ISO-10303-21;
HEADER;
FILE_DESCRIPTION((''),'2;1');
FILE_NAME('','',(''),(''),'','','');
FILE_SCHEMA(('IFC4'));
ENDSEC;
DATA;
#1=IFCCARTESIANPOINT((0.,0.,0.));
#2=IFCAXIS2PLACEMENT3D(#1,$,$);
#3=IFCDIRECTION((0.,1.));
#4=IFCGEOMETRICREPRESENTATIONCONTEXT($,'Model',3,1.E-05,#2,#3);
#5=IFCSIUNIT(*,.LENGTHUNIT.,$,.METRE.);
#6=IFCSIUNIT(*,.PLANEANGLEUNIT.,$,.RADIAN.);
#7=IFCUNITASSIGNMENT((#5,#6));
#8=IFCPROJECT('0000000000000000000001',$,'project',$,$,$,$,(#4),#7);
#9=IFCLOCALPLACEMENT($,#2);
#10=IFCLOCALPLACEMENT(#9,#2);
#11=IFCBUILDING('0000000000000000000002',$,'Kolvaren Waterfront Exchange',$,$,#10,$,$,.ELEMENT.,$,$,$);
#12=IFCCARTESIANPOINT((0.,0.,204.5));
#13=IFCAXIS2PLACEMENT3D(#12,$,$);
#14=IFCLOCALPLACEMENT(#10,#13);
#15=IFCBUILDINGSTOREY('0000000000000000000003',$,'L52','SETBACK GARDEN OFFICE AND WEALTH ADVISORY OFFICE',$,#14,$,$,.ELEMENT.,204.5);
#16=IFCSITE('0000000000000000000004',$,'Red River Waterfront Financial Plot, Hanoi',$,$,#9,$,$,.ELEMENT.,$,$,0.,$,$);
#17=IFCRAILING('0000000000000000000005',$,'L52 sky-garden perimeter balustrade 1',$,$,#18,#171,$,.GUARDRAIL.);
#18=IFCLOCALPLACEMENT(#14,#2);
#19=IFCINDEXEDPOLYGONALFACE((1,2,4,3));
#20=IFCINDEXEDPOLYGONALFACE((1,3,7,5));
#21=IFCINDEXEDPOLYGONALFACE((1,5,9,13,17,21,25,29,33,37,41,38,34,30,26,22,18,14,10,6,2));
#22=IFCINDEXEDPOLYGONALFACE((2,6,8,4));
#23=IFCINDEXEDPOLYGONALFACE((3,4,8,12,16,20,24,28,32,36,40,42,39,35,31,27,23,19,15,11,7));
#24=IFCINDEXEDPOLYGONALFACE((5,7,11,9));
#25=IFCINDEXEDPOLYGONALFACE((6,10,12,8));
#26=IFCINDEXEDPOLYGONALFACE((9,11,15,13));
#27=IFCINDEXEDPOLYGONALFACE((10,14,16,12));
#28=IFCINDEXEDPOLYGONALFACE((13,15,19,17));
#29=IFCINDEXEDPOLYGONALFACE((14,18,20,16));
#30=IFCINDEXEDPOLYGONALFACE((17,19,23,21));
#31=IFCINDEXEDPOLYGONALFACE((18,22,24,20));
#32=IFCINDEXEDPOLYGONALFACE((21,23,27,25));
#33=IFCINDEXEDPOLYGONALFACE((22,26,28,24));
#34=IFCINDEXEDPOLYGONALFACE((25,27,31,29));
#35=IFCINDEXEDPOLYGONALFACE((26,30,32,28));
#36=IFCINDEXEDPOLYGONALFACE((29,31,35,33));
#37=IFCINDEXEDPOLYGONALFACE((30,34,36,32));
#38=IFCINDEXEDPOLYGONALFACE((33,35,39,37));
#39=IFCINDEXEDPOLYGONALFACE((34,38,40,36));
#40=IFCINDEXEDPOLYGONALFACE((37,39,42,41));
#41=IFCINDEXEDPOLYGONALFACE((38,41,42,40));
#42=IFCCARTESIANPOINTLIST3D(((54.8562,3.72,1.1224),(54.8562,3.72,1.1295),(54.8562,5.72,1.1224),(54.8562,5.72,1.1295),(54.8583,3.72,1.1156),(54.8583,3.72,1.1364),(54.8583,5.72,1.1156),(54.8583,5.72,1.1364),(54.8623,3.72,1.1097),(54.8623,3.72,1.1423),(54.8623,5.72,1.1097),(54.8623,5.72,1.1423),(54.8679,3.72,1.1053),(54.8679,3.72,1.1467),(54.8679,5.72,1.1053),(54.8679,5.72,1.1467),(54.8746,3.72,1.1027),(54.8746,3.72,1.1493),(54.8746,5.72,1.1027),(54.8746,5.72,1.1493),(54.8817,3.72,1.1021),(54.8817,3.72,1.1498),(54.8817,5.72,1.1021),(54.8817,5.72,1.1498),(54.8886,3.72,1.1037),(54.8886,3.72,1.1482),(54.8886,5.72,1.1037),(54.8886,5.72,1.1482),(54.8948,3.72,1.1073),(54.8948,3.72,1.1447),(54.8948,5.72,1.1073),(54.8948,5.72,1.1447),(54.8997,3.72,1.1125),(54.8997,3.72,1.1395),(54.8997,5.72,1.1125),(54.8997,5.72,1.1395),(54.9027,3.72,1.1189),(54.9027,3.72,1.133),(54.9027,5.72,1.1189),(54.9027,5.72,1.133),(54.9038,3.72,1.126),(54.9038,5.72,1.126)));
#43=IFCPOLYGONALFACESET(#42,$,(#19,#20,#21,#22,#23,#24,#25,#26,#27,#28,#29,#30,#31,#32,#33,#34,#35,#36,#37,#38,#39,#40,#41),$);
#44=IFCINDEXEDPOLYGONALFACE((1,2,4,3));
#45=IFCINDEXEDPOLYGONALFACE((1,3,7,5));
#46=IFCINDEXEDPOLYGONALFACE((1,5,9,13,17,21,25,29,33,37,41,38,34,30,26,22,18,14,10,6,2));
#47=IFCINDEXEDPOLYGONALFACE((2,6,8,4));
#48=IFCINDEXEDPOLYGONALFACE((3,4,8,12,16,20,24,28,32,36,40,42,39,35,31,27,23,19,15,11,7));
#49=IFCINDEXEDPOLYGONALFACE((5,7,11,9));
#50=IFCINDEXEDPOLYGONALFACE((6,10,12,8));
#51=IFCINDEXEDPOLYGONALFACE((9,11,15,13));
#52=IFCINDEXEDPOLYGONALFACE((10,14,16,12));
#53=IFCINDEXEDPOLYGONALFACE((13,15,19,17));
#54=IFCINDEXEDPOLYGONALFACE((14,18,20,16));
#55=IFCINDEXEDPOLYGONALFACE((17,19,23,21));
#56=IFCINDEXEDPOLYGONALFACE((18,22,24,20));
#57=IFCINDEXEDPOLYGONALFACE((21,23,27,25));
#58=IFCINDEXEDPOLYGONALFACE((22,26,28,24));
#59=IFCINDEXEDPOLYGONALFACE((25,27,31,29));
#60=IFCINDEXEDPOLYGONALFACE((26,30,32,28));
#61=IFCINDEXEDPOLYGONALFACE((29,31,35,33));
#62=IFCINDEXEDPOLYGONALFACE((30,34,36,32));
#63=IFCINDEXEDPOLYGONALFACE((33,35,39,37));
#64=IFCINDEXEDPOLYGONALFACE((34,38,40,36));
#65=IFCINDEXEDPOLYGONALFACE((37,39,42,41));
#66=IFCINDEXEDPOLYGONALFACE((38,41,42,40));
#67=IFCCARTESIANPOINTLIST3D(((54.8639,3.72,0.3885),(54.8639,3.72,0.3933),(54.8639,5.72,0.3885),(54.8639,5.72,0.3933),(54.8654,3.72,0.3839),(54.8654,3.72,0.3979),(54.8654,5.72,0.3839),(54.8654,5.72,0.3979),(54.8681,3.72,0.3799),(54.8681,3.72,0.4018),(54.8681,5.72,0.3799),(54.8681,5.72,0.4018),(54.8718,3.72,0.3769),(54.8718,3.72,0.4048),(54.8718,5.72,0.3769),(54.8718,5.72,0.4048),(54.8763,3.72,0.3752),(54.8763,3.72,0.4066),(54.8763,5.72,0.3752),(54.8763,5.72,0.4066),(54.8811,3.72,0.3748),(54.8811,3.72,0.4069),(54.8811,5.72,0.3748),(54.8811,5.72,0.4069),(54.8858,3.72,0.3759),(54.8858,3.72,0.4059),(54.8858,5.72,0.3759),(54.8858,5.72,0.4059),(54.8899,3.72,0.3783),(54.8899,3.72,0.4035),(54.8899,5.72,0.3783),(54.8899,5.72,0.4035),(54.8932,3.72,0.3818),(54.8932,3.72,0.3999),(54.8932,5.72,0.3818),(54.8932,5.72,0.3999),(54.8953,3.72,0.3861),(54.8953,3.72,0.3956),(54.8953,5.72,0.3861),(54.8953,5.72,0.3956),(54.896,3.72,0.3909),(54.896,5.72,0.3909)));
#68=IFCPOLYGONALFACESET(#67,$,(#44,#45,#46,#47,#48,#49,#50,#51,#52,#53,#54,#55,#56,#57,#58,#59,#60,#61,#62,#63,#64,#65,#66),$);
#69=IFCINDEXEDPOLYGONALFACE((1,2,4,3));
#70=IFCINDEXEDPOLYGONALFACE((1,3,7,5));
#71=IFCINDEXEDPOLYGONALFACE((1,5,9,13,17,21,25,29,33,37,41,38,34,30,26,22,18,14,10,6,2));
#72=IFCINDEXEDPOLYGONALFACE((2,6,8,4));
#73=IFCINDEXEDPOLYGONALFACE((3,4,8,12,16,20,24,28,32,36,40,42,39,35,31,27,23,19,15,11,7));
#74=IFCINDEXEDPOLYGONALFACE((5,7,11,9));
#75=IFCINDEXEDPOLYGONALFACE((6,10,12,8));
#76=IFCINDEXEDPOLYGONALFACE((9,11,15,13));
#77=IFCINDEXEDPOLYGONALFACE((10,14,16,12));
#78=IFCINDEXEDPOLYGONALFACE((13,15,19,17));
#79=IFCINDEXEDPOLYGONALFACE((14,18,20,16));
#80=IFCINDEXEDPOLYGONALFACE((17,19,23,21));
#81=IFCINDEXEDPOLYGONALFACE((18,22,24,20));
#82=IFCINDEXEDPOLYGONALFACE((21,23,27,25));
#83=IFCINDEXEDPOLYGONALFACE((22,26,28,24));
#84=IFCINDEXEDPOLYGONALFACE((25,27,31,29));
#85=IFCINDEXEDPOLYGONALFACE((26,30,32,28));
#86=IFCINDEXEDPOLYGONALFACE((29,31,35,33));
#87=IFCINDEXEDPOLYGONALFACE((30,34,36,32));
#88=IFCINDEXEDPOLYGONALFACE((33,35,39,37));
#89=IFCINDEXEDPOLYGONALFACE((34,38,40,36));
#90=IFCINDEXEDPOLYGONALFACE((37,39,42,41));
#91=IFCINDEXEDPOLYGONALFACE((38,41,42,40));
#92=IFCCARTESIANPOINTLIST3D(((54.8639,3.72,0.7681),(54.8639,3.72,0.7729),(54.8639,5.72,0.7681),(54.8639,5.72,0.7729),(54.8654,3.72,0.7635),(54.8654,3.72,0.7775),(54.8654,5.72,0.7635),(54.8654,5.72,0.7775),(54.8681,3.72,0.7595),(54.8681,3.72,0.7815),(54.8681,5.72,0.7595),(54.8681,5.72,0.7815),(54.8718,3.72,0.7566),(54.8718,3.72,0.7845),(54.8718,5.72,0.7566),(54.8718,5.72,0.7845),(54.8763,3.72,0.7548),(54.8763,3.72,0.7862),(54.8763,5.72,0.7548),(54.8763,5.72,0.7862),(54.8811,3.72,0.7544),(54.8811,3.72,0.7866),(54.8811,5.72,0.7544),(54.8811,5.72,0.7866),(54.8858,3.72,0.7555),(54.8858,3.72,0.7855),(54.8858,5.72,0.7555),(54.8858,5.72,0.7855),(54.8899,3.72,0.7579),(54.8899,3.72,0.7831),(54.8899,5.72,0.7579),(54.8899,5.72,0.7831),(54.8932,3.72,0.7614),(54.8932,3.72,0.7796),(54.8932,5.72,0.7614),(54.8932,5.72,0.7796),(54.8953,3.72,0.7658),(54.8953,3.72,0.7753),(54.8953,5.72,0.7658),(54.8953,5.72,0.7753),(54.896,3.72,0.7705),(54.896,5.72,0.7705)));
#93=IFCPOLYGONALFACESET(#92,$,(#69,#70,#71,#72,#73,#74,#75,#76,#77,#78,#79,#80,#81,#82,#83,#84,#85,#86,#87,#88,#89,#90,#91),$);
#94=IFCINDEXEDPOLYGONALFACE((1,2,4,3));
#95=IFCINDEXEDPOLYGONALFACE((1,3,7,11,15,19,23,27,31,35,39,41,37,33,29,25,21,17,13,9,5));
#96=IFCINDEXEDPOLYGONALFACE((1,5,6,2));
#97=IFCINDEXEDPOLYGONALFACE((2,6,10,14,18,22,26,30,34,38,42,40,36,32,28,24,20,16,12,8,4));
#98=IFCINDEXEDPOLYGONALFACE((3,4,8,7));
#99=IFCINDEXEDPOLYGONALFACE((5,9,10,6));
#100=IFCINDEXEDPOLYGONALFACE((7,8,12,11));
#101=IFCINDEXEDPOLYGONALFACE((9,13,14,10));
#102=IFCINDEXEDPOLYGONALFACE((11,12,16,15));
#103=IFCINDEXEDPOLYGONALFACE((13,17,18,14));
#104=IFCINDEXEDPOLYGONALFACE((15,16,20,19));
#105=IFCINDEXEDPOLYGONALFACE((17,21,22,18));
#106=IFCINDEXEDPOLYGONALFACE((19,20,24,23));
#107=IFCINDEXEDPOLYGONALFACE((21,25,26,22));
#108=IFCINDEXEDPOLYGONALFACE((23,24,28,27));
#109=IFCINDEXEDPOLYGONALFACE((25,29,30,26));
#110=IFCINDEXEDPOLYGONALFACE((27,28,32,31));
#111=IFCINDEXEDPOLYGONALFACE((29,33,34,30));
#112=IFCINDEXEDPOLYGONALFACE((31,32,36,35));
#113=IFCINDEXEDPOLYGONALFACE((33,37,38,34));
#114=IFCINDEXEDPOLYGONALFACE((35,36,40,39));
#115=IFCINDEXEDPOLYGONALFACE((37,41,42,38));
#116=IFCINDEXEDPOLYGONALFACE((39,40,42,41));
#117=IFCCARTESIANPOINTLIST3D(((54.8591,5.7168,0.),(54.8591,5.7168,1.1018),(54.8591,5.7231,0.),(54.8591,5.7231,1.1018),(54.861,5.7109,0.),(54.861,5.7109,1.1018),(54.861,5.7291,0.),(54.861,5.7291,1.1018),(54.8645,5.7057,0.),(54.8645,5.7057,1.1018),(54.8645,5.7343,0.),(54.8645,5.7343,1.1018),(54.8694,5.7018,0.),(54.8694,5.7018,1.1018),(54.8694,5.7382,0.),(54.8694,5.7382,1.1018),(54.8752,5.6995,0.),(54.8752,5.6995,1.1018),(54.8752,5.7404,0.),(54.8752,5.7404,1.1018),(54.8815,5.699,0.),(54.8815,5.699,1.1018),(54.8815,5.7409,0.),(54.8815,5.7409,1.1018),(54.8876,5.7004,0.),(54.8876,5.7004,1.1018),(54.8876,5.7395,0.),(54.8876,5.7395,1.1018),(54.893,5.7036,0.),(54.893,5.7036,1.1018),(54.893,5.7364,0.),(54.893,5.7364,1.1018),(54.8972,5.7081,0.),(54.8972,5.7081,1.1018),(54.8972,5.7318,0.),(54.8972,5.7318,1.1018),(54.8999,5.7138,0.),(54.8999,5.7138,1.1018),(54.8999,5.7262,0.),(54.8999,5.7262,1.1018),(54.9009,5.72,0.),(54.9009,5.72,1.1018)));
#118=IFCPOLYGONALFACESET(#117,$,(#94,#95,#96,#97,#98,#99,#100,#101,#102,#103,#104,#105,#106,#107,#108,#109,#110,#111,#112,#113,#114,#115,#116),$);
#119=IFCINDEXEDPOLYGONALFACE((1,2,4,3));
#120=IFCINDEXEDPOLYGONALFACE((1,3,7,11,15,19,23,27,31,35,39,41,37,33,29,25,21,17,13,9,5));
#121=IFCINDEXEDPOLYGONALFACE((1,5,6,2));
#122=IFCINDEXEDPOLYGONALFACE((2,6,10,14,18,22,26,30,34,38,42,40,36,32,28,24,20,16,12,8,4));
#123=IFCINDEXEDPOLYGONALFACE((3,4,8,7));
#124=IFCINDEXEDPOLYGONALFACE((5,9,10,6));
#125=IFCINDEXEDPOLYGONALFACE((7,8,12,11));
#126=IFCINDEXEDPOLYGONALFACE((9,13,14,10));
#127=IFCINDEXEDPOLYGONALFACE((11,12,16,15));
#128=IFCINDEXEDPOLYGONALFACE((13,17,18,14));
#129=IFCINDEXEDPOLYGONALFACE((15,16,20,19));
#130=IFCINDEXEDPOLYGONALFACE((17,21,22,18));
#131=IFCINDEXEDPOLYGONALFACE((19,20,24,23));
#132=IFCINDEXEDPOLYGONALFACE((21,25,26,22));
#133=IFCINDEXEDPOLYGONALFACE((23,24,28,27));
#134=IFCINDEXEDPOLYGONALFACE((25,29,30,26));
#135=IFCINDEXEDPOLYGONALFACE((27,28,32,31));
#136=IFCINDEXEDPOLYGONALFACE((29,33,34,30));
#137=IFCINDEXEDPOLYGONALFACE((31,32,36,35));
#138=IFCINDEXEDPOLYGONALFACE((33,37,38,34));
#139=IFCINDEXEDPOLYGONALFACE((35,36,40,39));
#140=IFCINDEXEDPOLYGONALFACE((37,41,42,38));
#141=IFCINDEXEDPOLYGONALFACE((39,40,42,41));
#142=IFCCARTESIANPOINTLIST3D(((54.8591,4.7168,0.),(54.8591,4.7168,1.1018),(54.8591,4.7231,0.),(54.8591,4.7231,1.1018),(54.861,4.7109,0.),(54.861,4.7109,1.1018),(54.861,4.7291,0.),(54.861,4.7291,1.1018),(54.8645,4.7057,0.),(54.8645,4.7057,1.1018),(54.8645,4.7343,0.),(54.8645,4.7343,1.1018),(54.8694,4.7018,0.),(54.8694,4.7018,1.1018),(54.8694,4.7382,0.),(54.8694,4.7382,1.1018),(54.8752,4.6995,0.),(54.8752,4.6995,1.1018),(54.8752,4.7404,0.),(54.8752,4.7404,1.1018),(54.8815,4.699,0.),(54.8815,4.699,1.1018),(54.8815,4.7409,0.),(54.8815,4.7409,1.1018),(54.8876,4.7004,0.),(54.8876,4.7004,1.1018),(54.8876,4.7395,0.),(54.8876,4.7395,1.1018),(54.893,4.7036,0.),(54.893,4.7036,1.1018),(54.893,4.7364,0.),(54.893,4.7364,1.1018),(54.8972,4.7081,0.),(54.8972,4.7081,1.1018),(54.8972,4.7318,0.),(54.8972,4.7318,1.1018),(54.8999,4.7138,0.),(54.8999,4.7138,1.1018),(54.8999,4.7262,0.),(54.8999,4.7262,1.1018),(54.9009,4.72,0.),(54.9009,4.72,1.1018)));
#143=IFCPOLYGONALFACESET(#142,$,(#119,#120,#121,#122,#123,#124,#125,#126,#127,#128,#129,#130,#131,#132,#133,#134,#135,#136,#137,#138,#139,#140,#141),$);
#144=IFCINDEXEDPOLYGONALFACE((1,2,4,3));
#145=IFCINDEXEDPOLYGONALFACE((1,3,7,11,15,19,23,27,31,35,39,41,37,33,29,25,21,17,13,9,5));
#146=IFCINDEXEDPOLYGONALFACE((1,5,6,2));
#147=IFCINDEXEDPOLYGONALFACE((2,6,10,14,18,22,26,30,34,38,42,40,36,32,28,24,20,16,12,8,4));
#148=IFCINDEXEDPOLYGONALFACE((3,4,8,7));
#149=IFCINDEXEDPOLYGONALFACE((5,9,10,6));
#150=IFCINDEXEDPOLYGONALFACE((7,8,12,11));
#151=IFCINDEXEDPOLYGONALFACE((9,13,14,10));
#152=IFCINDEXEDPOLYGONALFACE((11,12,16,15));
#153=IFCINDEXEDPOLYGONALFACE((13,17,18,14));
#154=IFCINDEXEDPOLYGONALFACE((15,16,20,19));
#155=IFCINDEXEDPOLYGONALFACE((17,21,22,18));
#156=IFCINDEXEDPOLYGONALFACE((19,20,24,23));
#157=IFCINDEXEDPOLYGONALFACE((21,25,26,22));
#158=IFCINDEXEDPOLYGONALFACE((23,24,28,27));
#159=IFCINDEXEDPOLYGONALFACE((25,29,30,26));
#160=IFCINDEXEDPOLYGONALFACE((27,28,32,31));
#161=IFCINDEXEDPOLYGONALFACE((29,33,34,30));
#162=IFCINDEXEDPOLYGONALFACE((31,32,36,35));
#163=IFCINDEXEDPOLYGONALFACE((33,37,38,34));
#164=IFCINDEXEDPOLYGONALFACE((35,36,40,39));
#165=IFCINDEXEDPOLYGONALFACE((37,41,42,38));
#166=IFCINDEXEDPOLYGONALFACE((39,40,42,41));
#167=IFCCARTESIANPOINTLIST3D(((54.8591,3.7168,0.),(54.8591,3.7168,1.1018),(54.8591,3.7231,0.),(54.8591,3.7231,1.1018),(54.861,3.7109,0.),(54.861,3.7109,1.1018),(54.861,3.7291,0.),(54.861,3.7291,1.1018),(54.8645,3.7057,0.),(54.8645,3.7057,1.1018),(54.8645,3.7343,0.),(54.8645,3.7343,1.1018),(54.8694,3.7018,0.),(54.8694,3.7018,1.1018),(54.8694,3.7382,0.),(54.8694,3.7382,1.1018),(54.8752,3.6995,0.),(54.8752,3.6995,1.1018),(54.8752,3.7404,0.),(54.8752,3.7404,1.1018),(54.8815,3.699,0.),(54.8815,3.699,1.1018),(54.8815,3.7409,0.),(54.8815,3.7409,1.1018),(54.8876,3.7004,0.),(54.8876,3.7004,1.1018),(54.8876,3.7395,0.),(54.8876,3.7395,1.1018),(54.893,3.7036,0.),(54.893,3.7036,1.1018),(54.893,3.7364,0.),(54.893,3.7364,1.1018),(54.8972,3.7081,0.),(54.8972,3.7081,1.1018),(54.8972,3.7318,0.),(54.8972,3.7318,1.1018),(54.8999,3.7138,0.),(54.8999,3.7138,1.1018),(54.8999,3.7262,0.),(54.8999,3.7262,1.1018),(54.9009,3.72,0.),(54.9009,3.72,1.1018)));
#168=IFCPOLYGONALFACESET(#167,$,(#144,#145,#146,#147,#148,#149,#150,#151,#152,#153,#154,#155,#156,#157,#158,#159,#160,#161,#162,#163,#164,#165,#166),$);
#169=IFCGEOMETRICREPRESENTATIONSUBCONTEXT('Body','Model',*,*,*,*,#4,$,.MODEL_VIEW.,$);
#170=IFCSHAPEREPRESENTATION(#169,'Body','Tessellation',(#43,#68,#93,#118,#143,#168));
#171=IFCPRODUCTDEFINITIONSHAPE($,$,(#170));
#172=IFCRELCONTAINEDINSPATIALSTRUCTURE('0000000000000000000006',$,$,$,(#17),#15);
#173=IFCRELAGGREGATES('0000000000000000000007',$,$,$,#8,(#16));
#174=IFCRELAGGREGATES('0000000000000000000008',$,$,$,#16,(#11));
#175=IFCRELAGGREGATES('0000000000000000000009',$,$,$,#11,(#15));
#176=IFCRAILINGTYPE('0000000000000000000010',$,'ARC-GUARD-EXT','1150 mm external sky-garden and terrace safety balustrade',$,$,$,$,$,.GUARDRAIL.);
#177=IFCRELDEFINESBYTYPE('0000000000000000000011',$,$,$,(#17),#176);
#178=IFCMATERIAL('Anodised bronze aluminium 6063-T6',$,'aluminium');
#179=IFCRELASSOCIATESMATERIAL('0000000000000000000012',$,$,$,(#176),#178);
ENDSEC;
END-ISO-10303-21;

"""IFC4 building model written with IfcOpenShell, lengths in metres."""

from ifc_helpers import new_model, si_unit, direction, frame, origin, origin_2d, place, context, subcontext, project, spatial, circle, extrude, material, type_object, element, save


model = new_model("IFC4")

# Units and contexts
model_context = context("Model", 3, precision=1e-05, world=origin(), true_north=direction((0.0, 1.0)))
body_context = subcontext(model_context, "Body", "Model", "MODEL_VIEW")
ifc_project = project(units=[si_unit("LENGTHUNIT", "METRE"), si_unit("PLANEANGLEUNIT", "RADIAN")], contexts=[model_context])

# Site, building, storey
site_placement = place(None, origin())
site = spatial("IfcSite", under=ifc_project, at=site_placement, Name="Red River Waterfront Financial Plot, Hanoi", CompositionType="ELEMENT", RefElevation=0.0)
building_placement = place(site_placement, origin())
building = spatial("IfcBuilding", under=site, at=building_placement, Name="Kolvaren Waterfront Exchange", CompositionType="ELEMENT")
storey_placement = place(building_placement, frame((0.0, 0.0, 204.5)))
storey = spatial("IfcBuildingStorey", under=building, at=storey_placement, Name="L52", Description="SETBACK GARDEN OFFICE AND WEALTH ADVISORY OFFICE", CompositionType="ELEMENT", Elevation=204.5)

# Shared definitions
ifc_material_1 = material(Name="Anodised bronze aluminium 6063-T6", Category="aluminium")

# Railing
railing_type = type_object("IfcRailingType", Name="ARC-GUARD-EXT", Description="1150 mm external sky-garden and terrace safety balustrade", PredefinedType="GUARDRAIL", material=ifc_material_1)
railing_1_placement = place(storey_placement, frame((54.8799, 5.72, 0.0)))
element("IfcRailing", 1, at=railing_1_placement, inside=storey, type_object=railing_type, Name="L52 sky-garden perimeter balustrade 1", PredefinedType="GUARDRAIL", context=body_context, shape_type="SweptSolid", body=[
    extrude(circle(Radius=0.0239, at=origin_2d()), frame((0.0, 0.0, 1.126), z_axis=(0.0, -1.0, 0.0), x_axis=(1.0, 0.0, 0.0)), (0.0, 0.0, 1.0), 2.0),
    extrude(circle(Radius=0.0161, at=origin_2d()), frame((0.0, 0.0, 0.3909), z_axis=(0.0, -1.0, 0.0), x_axis=(1.0, 0.0, 0.0)), (0.0, 0.0, 1.0), 2.0),
    extrude(circle(Radius=0.0161, at=origin_2d()), frame((0.0, 0.0, 0.7705), z_axis=(0.0, -1.0, 0.0), x_axis=(1.0, 0.0, 0.0)), (0.0, 0.0, 1.0), 2.0),
    extrude(circle(Radius=0.021, at=origin_2d()), origin(), (0.0, 0.0, 1.0), 1.1018),
    extrude(circle(Radius=0.021, at=origin_2d()), frame((0.0, -1.0, 0.0)), (0.0, 0.0, 1.0), 1.1018),
    extrude(circle(Radius=0.021, at=origin_2d()), frame((0.0, -2.0, 0.0)), (0.0, 0.0, 1.0), 1.1018),
])

save(model, "model.ifc")
